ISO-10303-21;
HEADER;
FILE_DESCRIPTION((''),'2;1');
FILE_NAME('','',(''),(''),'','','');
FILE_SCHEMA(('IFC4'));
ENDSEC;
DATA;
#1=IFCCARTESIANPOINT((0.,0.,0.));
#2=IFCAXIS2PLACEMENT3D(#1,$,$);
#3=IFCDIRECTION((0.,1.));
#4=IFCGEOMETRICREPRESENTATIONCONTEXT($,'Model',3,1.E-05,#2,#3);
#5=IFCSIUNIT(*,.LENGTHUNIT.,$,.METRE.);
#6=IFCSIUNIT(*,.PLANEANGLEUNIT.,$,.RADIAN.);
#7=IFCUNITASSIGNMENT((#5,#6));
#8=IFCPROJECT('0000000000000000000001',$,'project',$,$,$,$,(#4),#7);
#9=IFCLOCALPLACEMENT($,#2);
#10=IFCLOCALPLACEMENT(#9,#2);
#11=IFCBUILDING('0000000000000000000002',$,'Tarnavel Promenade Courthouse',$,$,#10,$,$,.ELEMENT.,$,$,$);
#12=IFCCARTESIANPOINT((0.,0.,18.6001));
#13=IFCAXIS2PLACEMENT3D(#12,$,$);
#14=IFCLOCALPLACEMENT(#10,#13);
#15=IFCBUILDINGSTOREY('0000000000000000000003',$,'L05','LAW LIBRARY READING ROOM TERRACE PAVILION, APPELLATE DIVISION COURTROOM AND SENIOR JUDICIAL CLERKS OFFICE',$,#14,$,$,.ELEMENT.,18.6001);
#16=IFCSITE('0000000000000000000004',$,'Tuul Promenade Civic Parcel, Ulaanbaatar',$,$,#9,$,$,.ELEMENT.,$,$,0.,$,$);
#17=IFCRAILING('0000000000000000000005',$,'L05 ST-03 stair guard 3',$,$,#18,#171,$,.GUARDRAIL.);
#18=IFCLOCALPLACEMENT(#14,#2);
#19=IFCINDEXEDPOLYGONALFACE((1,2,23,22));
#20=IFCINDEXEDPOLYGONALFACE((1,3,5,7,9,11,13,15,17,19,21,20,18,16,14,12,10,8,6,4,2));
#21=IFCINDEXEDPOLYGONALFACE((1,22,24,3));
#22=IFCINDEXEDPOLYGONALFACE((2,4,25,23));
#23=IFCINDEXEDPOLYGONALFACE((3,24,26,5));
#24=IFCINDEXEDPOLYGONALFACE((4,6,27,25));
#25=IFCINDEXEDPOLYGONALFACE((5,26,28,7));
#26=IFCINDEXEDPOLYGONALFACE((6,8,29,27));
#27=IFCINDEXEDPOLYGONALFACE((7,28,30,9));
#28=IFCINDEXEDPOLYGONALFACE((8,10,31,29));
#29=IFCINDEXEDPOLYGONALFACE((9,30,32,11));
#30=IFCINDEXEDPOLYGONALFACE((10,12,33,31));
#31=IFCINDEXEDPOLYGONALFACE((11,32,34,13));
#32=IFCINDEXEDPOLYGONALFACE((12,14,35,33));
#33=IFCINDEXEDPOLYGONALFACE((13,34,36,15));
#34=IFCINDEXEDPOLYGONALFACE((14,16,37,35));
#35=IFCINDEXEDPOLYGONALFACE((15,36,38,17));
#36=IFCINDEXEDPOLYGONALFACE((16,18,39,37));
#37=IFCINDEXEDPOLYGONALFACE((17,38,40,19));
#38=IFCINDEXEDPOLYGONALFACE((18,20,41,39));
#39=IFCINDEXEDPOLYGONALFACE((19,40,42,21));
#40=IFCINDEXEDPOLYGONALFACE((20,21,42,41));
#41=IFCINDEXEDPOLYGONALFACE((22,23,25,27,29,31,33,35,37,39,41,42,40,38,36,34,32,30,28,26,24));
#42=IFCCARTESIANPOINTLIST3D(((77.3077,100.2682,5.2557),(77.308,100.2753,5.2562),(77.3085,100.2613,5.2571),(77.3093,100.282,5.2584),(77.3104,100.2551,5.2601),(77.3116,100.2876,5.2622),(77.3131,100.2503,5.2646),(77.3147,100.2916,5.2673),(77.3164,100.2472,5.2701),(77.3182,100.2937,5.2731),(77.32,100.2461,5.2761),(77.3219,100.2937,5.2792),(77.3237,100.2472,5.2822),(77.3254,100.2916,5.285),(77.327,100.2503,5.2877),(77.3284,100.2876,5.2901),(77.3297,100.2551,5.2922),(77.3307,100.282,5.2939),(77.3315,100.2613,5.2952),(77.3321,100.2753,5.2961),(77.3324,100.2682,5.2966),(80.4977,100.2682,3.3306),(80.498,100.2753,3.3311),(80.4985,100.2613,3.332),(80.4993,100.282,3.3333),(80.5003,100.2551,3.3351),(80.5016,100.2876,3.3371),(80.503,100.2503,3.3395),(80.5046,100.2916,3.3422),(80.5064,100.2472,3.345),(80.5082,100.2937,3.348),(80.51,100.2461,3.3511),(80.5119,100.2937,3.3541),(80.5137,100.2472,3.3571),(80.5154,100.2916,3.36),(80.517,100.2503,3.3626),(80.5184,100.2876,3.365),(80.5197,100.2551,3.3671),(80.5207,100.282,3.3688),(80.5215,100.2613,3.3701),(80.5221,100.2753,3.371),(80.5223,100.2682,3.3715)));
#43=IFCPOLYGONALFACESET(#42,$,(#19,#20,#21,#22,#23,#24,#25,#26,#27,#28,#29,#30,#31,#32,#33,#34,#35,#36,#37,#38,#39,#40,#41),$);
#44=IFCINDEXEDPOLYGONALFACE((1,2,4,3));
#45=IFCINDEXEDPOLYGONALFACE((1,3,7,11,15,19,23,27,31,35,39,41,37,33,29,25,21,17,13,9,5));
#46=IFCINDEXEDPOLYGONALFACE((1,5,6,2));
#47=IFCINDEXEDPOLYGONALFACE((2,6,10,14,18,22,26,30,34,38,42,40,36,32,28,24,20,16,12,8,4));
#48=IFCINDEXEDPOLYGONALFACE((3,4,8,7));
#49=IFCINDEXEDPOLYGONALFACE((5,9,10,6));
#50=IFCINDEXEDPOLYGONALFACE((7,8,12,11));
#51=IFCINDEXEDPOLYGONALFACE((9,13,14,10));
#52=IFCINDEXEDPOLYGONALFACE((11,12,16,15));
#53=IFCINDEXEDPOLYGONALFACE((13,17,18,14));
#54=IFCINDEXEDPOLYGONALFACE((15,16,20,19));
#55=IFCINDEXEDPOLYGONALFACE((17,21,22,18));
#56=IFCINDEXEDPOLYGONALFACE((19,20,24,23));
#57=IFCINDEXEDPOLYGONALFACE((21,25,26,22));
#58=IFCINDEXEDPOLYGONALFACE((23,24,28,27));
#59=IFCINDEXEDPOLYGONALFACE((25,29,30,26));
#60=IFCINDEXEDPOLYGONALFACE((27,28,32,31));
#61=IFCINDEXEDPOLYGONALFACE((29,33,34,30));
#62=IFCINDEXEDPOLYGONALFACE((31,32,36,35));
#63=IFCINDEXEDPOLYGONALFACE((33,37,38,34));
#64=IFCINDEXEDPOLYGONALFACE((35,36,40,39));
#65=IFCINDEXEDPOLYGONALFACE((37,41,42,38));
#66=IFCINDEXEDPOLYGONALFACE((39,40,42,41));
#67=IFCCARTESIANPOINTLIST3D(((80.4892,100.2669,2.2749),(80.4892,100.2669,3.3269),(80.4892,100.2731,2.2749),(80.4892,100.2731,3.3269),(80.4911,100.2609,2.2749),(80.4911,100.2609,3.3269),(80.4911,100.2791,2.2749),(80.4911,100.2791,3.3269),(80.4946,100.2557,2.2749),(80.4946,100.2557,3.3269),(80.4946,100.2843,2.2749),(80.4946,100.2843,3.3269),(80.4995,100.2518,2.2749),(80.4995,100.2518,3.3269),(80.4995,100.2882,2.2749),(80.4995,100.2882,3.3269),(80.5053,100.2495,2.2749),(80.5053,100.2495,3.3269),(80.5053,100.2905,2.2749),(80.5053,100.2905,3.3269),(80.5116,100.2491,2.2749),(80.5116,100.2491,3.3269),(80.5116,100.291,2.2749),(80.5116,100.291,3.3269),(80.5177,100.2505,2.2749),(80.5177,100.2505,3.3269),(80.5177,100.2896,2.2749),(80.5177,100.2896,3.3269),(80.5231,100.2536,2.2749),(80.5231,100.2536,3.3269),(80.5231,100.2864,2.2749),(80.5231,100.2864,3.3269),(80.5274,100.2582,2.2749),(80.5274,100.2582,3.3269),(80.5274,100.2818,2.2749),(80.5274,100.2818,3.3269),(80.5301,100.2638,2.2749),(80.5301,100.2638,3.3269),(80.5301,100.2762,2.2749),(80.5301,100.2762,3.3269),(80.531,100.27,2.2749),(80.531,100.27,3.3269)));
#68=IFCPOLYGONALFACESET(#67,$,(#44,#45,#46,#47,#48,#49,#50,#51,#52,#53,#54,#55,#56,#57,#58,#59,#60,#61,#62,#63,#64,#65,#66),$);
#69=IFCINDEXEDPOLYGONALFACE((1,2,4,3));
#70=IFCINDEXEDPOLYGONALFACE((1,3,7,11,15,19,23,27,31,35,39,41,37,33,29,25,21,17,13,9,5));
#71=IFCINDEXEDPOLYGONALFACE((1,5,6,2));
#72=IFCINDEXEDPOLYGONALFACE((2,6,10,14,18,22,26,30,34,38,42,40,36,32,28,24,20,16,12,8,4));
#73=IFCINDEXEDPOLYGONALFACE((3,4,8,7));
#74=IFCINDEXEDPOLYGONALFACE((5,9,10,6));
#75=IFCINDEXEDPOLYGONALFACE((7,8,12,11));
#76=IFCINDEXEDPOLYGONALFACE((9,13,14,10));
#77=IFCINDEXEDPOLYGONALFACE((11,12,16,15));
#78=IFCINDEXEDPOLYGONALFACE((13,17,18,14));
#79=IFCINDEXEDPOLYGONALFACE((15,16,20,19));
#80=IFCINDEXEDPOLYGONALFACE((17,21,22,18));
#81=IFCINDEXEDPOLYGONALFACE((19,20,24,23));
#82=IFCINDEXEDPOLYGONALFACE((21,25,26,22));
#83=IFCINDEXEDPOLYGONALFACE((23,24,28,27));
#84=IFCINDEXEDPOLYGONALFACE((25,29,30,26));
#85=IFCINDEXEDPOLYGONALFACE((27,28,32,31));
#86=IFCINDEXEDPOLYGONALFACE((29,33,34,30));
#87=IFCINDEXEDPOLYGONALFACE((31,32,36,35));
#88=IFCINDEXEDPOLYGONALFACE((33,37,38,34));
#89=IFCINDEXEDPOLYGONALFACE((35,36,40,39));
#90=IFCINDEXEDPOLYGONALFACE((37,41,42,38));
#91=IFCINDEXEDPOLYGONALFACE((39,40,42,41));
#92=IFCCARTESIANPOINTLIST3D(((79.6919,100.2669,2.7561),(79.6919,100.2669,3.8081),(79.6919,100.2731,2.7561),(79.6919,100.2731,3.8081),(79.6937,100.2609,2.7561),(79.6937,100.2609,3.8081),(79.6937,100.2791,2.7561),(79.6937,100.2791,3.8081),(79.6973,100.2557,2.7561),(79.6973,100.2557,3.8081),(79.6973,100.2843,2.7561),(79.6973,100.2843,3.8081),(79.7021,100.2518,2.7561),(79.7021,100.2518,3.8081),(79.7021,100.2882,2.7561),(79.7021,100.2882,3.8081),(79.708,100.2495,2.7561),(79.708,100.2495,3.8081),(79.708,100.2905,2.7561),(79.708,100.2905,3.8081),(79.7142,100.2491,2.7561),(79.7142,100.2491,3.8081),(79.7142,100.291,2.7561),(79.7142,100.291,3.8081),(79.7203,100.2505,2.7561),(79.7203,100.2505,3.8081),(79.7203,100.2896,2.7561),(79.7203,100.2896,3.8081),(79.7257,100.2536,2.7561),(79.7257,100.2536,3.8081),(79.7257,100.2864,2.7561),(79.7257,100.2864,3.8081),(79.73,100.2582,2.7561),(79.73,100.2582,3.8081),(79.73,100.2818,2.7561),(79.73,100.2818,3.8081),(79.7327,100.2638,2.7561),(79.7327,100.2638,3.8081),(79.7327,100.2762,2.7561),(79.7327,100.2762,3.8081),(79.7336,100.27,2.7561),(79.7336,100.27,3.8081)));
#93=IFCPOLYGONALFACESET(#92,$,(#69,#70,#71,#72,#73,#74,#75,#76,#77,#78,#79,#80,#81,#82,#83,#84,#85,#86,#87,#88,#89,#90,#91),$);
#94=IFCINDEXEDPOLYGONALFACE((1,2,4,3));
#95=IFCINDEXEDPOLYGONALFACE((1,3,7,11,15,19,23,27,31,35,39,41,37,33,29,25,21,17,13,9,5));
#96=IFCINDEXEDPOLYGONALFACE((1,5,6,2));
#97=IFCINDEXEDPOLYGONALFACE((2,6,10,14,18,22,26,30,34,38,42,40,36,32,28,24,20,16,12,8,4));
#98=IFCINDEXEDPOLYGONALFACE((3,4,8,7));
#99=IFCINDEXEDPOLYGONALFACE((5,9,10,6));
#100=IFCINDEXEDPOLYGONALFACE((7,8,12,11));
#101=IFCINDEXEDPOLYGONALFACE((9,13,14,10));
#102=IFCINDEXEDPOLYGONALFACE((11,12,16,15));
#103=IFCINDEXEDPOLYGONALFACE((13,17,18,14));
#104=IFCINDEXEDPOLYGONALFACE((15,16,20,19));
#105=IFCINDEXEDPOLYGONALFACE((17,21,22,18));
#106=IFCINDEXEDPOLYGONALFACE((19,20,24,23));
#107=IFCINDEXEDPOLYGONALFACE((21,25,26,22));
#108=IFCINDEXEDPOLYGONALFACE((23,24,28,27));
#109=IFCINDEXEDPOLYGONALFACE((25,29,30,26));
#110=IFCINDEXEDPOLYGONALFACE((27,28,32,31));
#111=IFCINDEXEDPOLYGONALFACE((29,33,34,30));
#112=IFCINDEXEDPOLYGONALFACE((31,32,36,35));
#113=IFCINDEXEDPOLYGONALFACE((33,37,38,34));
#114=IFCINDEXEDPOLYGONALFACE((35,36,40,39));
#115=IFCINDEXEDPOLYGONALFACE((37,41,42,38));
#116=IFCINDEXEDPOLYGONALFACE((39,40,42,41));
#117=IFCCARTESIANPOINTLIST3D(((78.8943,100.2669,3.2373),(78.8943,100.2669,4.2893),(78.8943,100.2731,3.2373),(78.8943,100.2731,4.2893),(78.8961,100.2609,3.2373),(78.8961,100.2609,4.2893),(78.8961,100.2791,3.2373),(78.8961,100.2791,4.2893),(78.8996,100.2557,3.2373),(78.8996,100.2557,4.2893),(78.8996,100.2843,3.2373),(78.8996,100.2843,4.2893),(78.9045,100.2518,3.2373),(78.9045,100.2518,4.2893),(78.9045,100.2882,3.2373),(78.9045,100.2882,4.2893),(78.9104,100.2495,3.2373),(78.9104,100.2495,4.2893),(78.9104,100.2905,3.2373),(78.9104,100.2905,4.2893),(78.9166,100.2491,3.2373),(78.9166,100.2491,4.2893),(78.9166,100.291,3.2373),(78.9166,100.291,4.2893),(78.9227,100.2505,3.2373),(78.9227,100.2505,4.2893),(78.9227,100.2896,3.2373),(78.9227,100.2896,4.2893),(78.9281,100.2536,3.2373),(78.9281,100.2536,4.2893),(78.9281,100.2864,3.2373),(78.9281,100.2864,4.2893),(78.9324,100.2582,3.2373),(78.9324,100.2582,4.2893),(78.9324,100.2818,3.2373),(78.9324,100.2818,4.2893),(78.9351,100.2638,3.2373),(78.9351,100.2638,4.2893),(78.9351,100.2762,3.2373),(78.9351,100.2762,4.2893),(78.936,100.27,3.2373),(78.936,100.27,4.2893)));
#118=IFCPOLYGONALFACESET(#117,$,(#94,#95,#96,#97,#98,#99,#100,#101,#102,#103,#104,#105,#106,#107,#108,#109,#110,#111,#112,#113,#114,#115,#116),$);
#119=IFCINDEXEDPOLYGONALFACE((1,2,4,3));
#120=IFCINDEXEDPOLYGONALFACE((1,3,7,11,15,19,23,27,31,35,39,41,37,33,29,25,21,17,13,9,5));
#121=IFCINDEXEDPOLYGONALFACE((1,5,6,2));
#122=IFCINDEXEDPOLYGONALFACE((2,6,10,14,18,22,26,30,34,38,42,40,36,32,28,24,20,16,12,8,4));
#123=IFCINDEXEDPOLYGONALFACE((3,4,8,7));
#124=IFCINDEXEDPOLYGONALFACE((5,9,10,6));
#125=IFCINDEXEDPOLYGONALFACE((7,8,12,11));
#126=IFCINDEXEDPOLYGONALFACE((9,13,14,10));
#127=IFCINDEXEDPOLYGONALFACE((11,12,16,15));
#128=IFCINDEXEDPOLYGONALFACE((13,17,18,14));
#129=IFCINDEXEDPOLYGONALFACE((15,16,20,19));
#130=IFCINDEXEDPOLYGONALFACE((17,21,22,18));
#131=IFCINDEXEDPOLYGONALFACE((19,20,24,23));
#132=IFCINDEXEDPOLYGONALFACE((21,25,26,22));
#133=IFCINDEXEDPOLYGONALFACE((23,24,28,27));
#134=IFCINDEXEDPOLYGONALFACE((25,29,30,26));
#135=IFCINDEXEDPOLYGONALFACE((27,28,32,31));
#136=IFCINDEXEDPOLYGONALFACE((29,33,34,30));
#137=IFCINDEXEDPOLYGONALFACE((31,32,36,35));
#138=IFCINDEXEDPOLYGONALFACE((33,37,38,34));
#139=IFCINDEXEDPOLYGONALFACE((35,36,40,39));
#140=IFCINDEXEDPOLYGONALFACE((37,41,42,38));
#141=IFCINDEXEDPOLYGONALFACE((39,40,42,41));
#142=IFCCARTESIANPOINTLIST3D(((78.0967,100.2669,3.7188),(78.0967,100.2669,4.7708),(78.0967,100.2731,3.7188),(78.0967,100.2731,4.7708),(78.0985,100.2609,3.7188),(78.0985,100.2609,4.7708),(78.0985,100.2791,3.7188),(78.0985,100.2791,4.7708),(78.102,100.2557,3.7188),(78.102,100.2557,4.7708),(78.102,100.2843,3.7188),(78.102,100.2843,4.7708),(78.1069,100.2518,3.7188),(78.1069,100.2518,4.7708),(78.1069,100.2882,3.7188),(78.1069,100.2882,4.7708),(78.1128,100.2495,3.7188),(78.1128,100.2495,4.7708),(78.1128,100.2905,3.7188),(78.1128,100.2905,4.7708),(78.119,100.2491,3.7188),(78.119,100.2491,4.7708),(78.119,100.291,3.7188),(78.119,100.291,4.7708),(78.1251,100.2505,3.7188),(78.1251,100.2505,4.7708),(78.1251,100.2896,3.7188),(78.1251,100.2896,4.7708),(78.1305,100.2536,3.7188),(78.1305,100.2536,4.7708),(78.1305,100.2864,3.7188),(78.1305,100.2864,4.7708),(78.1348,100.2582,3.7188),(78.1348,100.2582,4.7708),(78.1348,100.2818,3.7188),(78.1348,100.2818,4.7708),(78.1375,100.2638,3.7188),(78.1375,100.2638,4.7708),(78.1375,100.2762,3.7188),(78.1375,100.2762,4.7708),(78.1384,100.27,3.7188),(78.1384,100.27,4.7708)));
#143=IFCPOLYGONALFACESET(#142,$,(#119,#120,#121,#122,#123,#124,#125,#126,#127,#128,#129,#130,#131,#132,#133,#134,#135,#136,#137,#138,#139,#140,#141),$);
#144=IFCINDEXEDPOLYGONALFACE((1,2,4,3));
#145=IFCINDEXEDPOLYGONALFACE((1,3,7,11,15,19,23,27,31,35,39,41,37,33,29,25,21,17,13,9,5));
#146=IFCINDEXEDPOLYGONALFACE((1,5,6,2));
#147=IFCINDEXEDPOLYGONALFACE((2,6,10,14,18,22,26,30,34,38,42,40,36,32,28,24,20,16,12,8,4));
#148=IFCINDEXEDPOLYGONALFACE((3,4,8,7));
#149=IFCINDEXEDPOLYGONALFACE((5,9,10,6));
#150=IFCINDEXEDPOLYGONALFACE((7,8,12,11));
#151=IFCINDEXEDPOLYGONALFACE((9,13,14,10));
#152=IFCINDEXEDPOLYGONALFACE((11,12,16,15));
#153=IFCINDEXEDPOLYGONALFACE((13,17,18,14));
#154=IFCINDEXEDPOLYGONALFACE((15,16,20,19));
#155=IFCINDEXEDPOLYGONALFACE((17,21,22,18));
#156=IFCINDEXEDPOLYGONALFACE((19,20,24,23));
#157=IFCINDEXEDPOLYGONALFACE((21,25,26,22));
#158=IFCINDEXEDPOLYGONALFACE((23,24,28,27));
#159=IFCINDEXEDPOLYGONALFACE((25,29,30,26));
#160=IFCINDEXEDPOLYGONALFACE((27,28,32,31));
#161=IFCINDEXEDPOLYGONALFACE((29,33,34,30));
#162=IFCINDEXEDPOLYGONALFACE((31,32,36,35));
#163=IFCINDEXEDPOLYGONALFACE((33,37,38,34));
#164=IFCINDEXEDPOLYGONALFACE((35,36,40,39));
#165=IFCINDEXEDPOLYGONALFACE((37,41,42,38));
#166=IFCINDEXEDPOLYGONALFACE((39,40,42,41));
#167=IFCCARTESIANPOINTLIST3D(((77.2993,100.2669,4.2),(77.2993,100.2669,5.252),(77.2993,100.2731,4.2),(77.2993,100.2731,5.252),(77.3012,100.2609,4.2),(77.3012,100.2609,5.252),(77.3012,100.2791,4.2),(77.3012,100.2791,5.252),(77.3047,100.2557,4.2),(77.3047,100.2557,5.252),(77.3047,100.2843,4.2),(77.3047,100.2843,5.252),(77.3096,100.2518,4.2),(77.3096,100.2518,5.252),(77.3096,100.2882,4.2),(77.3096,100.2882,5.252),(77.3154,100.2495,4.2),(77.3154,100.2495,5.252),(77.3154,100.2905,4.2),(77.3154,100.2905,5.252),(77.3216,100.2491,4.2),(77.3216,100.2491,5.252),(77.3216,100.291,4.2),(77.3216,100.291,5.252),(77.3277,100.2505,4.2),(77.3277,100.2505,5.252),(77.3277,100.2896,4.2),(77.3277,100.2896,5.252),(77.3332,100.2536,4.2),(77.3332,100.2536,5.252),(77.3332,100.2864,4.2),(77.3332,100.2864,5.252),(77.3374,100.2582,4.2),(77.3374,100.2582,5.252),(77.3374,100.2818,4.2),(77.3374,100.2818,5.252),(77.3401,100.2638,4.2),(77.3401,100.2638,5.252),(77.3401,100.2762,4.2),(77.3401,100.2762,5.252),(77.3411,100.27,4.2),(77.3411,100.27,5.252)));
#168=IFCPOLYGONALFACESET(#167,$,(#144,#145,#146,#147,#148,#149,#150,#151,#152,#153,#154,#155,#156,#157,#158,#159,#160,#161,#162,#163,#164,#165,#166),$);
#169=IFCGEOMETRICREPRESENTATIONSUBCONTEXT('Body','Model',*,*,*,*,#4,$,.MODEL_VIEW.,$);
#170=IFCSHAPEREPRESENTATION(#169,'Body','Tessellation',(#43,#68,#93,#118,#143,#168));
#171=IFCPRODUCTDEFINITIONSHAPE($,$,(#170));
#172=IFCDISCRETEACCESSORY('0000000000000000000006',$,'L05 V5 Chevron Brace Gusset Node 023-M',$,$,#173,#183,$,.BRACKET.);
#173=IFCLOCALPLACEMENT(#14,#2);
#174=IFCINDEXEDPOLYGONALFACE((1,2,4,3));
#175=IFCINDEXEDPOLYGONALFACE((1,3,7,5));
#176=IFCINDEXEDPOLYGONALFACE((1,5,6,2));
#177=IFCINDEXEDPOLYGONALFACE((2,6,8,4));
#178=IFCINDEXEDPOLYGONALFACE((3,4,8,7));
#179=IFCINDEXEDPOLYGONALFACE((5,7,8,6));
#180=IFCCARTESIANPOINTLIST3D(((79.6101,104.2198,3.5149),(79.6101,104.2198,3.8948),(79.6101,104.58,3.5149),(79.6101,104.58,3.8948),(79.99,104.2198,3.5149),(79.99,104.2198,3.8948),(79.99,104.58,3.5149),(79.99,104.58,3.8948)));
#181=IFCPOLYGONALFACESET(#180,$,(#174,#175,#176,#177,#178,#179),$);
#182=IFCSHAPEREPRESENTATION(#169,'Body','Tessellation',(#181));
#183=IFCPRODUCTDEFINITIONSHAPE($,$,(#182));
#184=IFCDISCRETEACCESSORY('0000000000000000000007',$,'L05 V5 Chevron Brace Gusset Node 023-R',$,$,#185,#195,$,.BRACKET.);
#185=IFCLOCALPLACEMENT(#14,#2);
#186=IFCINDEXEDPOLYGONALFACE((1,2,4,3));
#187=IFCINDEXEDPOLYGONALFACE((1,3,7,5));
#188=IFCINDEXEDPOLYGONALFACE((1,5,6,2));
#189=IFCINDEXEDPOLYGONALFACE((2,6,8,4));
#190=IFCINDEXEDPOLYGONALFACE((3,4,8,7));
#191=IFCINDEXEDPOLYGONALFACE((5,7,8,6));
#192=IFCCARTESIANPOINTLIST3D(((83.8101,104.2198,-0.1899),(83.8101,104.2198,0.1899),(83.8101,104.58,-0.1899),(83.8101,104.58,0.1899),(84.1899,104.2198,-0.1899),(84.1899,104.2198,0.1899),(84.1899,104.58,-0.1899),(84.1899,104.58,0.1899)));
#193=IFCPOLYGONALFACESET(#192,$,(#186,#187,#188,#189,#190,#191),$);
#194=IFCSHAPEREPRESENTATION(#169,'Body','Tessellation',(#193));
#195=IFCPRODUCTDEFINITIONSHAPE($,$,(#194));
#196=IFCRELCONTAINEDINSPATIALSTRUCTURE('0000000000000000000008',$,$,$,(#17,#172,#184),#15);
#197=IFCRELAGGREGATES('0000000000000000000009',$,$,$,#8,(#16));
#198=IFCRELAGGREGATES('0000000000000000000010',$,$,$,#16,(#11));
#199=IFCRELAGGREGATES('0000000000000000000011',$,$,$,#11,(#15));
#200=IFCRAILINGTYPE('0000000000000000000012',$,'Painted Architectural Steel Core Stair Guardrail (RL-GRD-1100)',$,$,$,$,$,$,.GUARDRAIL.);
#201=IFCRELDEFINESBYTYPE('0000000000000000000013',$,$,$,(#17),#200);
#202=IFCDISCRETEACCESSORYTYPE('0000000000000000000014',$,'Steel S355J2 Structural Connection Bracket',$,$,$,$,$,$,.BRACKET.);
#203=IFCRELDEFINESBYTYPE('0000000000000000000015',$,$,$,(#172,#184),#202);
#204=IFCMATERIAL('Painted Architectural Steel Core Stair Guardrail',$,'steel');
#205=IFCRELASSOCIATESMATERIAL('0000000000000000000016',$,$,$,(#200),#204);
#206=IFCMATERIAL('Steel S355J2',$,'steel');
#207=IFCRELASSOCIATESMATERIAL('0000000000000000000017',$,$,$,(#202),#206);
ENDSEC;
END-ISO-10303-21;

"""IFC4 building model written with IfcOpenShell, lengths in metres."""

from ifc_helpers import new_model, si_unit, direction, frame, origin, origin_2d, place, context, subcontext, project, spatial, rectangle, circle, extrude, material, type_object, element, save


model = new_model("IFC4")

# Units and contexts
model_context = context("Model", 3, precision=1e-05, world=origin(), true_north=direction((0.0, 1.0)))
body_context = subcontext(model_context, "Body", "Model", "MODEL_VIEW")
ifc_project = project(units=[si_unit("LENGTHUNIT", "METRE"), si_unit("PLANEANGLEUNIT", "RADIAN")], contexts=[model_context])

# Site, building, storey
site_placement = place(None, origin())
site = spatial("IfcSite", under=ifc_project, at=site_placement, Name="Tuul Promenade Civic Parcel, Ulaanbaatar", CompositionType="ELEMENT", RefElevation=0.0)
building_placement = place(site_placement, origin())
building = spatial("IfcBuilding", under=site, at=building_placement, Name="Tarnavel Promenade Courthouse", CompositionType="ELEMENT")
storey_placement = place(building_placement, frame((0.0, 0.0, 18.6001)))
storey = spatial("IfcBuildingStorey", under=building, at=storey_placement, Name="L05", Description="LAW LIBRARY READING ROOM TERRACE PAVILION, APPELLATE DIVISION COURTROOM AND SENIOR JUDICIAL CLERKS OFFICE", CompositionType="ELEMENT", Elevation=18.6001)

# Shared definitions
ifc_material_1 = material(Name="Steel S355J2", Category="steel")

# Railing
ifc_material_2 = material(Name="Painted Architectural Steel Core Stair Guardrail", Category="steel")
railing_type_1 = type_object("IfcRailingType", Name="Painted Architectural Steel Core Stair Guardrail (RL-GRD-1100)", PredefinedType="GUARDRAIL", material=ifc_material_2)
railing_1_placement = place(storey_placement, frame((80.51, 100.27, 2.2749)))
element("IfcRailing", 1, at=railing_1_placement, inside=storey, type_object=railing_type_1, Name="L05 ST-03 stair guard 3", PredefinedType="GUARDRAIL", context=body_context, shape_type="SweptSolid", body=[
    extrude(circle(Radius=0.0239, at=origin_2d()), frame((0.0, 0.0, 1.0762), z_axis=(-0.856178, 0.0, 0.516682), x_axis=(0.0, -1.0, 0.0)), (0.0, 0.0, 1.0), 3.7258),
    extrude(circle(Radius=0.021, at=origin_2d()), origin(), (0.0, 0.0, 1.0), 1.052),
    extrude(circle(Radius=0.021, at=origin_2d()), frame((-0.7974, 0.0, 0.4812)), (0.0, 0.0, 1.0), 1.052),
    extrude(circle(Radius=0.021, at=origin_2d()), frame((-1.595, 0.0, 0.9624)), (0.0, 0.0, 1.0), 1.052),
    extrude(circle(Radius=0.021, at=origin_2d()), frame((-2.3926, 0.0, 1.4438)), (0.0, 0.0, 1.0), 1.052),
    extrude(circle(Radius=0.021, at=origin_2d()), frame((-3.1899, 0.0, 1.925)), (0.0, 0.0, 1.0), 1.052),
])

# Discrete accessories
discrete_accessory_type = type_object("IfcDiscreteAccessoryType", Name="Steel S355J2 Structural Connection Bracket", PredefinedType="BRACKET", material=ifc_material_1)
for number, where, z_axis, x_axis, name in (
    (2, (79.8, 104.3999, 3.5149), (0.0, 0.0, 1.0), (1.0, 0.0, 0.0), "L05 V5 Chevron Brace Gusset Node 023-M"),
    (3, (84.0, 104.3999, -0.1899), (0.0, 0.0, 1.0), (1.0, 0.0, 0.0), "L05 V5 Chevron Brace Gusset Node 023-R"),
):
    element("IfcDiscreteAccessory", number, at=place(storey_placement, frame(where, z_axis=z_axis, x_axis=x_axis)), inside=storey, type_object=discrete_accessory_type, Name=name, PredefinedType="BRACKET", context=body_context, shape_type="SweptSolid", body=[
        extrude(rectangle(XDim=0.3799, YDim=0.3601, at=origin_2d()), origin(), (0.0, 0.0, 1.0), 0.3799),
    ])

save(model, "model.ifc")
